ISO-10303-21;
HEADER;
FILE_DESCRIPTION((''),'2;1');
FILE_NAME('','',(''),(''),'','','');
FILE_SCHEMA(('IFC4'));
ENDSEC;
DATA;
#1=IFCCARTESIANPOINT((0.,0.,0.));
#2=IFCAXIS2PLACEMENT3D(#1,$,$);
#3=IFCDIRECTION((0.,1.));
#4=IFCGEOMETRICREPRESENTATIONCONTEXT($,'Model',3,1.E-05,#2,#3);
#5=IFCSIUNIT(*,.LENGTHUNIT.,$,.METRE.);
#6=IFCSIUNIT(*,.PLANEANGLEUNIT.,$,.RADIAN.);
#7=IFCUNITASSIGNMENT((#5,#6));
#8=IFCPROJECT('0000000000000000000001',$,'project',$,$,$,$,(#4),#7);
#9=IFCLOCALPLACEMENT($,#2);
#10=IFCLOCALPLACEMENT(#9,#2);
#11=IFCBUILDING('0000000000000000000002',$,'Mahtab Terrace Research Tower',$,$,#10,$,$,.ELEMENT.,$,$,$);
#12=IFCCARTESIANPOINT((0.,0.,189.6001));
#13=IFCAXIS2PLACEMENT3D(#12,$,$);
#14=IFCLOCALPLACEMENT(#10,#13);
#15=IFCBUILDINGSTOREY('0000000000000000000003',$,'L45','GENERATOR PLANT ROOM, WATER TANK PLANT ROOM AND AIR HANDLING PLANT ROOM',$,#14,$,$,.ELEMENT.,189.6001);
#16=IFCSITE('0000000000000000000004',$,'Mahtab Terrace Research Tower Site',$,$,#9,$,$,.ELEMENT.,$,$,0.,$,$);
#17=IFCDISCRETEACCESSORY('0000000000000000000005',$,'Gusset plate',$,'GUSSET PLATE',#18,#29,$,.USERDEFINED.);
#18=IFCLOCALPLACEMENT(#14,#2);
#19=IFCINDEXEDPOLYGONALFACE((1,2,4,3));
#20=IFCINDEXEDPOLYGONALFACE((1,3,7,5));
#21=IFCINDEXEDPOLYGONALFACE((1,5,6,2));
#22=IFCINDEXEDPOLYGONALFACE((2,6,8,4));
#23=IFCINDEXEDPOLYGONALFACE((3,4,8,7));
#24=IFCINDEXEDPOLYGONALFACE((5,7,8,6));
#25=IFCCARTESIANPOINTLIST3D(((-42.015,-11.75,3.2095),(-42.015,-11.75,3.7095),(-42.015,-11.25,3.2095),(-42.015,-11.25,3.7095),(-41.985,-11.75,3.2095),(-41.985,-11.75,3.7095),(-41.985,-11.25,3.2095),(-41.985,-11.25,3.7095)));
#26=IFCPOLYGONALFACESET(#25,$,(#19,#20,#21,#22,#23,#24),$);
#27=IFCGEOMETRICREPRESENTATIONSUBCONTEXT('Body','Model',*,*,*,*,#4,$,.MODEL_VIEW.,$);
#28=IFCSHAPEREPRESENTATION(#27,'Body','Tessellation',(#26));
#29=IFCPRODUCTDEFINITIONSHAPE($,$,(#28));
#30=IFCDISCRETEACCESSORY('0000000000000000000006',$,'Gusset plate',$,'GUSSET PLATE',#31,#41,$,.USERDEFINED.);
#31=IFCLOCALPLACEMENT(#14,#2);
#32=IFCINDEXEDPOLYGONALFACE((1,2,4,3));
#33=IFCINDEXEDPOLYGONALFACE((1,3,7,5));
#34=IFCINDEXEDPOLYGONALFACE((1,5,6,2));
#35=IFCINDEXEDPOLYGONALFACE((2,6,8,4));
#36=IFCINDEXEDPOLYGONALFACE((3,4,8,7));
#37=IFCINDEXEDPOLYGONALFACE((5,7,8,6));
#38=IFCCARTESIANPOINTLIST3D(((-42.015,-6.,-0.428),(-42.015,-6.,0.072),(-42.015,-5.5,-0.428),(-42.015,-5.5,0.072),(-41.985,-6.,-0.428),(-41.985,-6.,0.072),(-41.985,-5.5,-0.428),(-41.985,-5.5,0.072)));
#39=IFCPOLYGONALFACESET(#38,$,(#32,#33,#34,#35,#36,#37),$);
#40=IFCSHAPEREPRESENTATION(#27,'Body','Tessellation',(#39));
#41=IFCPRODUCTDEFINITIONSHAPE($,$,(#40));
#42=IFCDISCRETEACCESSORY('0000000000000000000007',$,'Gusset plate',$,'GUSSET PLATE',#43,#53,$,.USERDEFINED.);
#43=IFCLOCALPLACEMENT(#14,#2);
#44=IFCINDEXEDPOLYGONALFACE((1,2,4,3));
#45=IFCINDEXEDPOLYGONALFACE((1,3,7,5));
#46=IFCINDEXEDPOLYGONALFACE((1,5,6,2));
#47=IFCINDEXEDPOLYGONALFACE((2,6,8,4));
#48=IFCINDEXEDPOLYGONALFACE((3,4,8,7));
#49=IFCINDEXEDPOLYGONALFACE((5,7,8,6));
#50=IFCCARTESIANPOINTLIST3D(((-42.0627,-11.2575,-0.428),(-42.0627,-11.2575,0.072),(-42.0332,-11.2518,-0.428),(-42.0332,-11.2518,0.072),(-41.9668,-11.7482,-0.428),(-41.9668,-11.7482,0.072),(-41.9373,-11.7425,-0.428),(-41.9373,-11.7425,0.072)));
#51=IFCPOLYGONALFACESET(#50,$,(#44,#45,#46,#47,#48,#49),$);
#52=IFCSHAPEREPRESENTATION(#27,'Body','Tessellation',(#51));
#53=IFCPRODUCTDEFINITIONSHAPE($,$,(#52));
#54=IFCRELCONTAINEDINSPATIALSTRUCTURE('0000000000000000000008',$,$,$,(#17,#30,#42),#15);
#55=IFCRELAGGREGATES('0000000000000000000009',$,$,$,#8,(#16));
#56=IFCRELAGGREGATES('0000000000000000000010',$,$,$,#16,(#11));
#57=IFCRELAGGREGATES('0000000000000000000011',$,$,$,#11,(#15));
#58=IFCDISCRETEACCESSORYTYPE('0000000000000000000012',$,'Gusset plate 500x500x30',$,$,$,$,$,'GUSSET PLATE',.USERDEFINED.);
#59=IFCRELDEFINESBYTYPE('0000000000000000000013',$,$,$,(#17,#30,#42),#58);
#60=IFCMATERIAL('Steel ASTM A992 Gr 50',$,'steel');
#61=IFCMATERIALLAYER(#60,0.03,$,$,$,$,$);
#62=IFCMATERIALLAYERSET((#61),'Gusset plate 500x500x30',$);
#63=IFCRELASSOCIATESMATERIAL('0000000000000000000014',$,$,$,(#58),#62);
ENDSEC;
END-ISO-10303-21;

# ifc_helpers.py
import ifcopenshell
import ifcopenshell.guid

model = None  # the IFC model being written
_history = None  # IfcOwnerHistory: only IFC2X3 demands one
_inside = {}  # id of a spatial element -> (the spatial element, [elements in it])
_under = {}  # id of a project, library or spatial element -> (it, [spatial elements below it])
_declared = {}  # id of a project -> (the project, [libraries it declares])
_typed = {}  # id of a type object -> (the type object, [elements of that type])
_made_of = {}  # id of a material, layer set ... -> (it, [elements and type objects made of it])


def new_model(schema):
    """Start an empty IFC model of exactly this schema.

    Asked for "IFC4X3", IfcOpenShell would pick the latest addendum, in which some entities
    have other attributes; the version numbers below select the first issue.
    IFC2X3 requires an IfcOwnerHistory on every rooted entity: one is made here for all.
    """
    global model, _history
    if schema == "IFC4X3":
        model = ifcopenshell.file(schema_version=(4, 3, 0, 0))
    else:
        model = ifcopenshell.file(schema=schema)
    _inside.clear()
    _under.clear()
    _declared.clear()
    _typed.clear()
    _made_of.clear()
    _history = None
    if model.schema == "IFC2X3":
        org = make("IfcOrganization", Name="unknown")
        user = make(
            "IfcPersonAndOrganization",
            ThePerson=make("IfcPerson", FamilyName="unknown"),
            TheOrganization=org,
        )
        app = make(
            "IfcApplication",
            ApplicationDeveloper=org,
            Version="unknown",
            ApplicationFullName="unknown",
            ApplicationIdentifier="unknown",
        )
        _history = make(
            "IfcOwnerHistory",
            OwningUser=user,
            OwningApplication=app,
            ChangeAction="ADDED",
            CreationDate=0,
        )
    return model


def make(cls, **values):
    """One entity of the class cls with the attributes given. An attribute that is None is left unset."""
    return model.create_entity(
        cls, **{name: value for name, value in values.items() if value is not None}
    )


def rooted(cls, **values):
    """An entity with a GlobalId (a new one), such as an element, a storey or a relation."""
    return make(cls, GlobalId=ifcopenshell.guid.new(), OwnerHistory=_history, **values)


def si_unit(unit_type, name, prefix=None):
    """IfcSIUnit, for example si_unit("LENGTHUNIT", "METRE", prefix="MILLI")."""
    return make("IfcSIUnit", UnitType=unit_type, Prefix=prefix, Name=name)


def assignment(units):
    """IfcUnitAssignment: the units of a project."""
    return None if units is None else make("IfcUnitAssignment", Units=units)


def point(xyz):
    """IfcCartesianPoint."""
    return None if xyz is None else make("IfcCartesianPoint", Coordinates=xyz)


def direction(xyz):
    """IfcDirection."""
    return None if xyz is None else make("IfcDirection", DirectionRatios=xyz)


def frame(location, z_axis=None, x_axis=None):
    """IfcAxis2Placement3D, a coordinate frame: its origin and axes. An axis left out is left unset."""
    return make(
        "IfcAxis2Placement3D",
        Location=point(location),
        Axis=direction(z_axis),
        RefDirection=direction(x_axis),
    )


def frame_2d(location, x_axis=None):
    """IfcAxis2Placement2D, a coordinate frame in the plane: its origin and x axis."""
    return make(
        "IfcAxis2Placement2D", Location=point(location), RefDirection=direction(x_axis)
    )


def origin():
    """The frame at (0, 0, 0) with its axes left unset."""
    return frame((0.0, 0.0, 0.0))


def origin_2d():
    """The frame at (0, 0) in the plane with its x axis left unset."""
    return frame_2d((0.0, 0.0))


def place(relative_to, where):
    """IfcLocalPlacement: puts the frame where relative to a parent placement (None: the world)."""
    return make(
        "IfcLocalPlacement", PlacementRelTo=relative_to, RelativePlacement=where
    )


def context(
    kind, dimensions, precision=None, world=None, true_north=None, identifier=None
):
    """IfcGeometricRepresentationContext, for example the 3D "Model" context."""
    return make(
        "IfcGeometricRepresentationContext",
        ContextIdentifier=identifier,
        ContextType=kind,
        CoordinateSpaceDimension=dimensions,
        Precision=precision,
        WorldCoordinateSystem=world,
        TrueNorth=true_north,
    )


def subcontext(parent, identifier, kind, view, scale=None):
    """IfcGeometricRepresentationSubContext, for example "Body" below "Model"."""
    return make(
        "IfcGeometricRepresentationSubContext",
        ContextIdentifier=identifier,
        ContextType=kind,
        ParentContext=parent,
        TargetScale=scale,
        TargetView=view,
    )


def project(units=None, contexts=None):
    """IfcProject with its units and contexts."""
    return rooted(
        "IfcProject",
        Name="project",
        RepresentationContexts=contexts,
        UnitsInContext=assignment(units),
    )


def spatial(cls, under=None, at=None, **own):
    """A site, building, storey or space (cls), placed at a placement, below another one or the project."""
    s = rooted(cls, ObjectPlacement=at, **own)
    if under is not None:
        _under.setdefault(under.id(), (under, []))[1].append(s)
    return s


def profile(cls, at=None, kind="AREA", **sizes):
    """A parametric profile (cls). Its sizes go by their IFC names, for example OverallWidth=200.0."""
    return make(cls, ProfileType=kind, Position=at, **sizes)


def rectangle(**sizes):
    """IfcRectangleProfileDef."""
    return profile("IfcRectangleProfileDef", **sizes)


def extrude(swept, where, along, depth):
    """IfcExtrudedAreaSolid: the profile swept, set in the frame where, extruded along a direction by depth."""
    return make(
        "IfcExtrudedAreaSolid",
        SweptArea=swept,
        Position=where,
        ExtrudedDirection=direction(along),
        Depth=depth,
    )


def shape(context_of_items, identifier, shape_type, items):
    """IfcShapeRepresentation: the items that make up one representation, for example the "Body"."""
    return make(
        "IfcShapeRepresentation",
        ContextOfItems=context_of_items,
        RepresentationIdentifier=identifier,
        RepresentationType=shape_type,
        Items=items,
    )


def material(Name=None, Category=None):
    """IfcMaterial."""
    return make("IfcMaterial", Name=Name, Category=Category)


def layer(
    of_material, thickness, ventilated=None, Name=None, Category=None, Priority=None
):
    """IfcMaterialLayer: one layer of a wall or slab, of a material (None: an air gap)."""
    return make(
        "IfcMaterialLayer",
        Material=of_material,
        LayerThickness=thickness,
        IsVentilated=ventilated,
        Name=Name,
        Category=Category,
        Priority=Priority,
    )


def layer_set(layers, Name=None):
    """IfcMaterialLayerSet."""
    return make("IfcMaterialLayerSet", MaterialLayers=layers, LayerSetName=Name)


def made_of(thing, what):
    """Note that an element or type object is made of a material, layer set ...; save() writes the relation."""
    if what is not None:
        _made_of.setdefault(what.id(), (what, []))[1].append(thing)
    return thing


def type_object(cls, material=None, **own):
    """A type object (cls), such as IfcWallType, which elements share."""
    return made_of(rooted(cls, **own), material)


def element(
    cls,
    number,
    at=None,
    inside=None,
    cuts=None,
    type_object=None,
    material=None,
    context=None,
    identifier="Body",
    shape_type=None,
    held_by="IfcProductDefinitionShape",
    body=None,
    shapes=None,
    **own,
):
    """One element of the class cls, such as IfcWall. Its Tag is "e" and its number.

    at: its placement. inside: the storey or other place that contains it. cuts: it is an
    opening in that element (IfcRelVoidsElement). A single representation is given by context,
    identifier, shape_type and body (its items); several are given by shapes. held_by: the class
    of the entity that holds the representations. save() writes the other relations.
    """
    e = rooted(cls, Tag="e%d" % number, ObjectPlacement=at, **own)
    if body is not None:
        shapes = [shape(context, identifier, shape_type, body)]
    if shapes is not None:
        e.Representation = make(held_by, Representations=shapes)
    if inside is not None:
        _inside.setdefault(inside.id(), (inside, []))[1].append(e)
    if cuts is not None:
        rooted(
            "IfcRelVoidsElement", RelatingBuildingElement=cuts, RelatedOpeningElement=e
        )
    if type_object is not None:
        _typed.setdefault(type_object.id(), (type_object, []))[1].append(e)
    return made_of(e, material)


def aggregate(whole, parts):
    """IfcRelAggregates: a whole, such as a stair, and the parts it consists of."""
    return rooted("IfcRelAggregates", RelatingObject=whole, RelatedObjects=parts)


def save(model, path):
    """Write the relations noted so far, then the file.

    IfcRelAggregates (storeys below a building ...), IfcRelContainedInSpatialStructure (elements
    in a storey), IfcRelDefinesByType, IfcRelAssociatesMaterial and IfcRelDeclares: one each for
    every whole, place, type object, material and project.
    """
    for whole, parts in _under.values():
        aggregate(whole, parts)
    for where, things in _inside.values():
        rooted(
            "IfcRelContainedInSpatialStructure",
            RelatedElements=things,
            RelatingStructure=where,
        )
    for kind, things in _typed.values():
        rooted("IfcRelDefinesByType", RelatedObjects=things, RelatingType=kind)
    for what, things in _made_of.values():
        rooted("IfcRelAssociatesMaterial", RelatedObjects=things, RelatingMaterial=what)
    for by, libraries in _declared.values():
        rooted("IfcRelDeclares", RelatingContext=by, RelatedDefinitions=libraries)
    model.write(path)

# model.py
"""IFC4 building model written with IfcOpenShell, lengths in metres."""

from ifc_helpers import new_model, si_unit, direction, frame, origin, origin_2d, place, context, subcontext, project, spatial, rectangle, extrude, material, layer, layer_set, type_object, element, save


model = new_model("IFC4")

# Units and contexts
model_context = context("Model", 3, precision=1e-05, world=origin(), true_north=direction((0.0, 1.0)))
body_context = subcontext(model_context, "Body", "Model", "MODEL_VIEW")
ifc_project = project(units=[si_unit("LENGTHUNIT", "METRE"), si_unit("PLANEANGLEUNIT", "RADIAN")], contexts=[model_context])

# Site, building, storey
site_placement = place(None, origin())
site = spatial("IfcSite", under=ifc_project, at=site_placement, Name="Mahtab Terrace Research Tower Site", CompositionType="ELEMENT", RefElevation=0.0)
building_placement = place(site_placement, origin())
building = spatial("IfcBuilding", under=site, at=building_placement, Name="Mahtab Terrace Research Tower", CompositionType="ELEMENT")
storey_placement = place(building_placement, frame((0.0, 0.0, 189.6001)))
storey = spatial("IfcBuildingStorey", under=building, at=storey_placement, Name="L45", Description="GENERATOR PLANT ROOM, WATER TANK PLANT ROOM AND AIR HANDLING PLANT ROOM", CompositionType="ELEMENT", Elevation=189.6001)

# Shared definitions
ifc_material_1 = material(Name="Steel ASTM A992 Gr 50", Category="steel")

# Discrete accessories
ifc_layer_1 = layer(ifc_material_1, 0.03)
ifc_layer_set_1 = layer_set([ifc_layer_1], Name="Gusset plate 500x500x30")
discrete_accessory_type = type_object("IfcDiscreteAccessoryType", Name="Gusset plate 500x500x30", ElementType="GUSSET PLATE", PredefinedType="USERDEFINED", material=ifc_layer_set_1)
for number, where, z_axis, x_axis, name in (
    (1, (-42.0, -11.5, 3.2095), (0.0, 0.0, 1.0), (0.0, 1.0, 0.0), "Gusset plate"),
    (2, (-42.0, -5.75, -0.428), (0.0, 0.0, 1.0), (0.0, 1.0, 0.0), "Gusset plate"),
    (3, (-42.0, -11.5, -0.428), (0.0, 0.0, 1.0), (-0.19182, 0.98143, 0.0), "Gusset plate"),
):
    element("IfcDiscreteAccessory", number, at=place(storey_placement, frame(where, z_axis=z_axis, x_axis=x_axis)), inside=storey, type_object=discrete_accessory_type, Name=name, ObjectType="GUSSET PLATE", PredefinedType="USERDEFINED", context=body_context, shape_type="SweptSolid", body=[
        extrude(rectangle(XDim=0.5, YDim=0.03, at=origin_2d()), origin(), (0.0, 0.0, 1.0), 0.5),
    ])

save(model, "model.ifc")
